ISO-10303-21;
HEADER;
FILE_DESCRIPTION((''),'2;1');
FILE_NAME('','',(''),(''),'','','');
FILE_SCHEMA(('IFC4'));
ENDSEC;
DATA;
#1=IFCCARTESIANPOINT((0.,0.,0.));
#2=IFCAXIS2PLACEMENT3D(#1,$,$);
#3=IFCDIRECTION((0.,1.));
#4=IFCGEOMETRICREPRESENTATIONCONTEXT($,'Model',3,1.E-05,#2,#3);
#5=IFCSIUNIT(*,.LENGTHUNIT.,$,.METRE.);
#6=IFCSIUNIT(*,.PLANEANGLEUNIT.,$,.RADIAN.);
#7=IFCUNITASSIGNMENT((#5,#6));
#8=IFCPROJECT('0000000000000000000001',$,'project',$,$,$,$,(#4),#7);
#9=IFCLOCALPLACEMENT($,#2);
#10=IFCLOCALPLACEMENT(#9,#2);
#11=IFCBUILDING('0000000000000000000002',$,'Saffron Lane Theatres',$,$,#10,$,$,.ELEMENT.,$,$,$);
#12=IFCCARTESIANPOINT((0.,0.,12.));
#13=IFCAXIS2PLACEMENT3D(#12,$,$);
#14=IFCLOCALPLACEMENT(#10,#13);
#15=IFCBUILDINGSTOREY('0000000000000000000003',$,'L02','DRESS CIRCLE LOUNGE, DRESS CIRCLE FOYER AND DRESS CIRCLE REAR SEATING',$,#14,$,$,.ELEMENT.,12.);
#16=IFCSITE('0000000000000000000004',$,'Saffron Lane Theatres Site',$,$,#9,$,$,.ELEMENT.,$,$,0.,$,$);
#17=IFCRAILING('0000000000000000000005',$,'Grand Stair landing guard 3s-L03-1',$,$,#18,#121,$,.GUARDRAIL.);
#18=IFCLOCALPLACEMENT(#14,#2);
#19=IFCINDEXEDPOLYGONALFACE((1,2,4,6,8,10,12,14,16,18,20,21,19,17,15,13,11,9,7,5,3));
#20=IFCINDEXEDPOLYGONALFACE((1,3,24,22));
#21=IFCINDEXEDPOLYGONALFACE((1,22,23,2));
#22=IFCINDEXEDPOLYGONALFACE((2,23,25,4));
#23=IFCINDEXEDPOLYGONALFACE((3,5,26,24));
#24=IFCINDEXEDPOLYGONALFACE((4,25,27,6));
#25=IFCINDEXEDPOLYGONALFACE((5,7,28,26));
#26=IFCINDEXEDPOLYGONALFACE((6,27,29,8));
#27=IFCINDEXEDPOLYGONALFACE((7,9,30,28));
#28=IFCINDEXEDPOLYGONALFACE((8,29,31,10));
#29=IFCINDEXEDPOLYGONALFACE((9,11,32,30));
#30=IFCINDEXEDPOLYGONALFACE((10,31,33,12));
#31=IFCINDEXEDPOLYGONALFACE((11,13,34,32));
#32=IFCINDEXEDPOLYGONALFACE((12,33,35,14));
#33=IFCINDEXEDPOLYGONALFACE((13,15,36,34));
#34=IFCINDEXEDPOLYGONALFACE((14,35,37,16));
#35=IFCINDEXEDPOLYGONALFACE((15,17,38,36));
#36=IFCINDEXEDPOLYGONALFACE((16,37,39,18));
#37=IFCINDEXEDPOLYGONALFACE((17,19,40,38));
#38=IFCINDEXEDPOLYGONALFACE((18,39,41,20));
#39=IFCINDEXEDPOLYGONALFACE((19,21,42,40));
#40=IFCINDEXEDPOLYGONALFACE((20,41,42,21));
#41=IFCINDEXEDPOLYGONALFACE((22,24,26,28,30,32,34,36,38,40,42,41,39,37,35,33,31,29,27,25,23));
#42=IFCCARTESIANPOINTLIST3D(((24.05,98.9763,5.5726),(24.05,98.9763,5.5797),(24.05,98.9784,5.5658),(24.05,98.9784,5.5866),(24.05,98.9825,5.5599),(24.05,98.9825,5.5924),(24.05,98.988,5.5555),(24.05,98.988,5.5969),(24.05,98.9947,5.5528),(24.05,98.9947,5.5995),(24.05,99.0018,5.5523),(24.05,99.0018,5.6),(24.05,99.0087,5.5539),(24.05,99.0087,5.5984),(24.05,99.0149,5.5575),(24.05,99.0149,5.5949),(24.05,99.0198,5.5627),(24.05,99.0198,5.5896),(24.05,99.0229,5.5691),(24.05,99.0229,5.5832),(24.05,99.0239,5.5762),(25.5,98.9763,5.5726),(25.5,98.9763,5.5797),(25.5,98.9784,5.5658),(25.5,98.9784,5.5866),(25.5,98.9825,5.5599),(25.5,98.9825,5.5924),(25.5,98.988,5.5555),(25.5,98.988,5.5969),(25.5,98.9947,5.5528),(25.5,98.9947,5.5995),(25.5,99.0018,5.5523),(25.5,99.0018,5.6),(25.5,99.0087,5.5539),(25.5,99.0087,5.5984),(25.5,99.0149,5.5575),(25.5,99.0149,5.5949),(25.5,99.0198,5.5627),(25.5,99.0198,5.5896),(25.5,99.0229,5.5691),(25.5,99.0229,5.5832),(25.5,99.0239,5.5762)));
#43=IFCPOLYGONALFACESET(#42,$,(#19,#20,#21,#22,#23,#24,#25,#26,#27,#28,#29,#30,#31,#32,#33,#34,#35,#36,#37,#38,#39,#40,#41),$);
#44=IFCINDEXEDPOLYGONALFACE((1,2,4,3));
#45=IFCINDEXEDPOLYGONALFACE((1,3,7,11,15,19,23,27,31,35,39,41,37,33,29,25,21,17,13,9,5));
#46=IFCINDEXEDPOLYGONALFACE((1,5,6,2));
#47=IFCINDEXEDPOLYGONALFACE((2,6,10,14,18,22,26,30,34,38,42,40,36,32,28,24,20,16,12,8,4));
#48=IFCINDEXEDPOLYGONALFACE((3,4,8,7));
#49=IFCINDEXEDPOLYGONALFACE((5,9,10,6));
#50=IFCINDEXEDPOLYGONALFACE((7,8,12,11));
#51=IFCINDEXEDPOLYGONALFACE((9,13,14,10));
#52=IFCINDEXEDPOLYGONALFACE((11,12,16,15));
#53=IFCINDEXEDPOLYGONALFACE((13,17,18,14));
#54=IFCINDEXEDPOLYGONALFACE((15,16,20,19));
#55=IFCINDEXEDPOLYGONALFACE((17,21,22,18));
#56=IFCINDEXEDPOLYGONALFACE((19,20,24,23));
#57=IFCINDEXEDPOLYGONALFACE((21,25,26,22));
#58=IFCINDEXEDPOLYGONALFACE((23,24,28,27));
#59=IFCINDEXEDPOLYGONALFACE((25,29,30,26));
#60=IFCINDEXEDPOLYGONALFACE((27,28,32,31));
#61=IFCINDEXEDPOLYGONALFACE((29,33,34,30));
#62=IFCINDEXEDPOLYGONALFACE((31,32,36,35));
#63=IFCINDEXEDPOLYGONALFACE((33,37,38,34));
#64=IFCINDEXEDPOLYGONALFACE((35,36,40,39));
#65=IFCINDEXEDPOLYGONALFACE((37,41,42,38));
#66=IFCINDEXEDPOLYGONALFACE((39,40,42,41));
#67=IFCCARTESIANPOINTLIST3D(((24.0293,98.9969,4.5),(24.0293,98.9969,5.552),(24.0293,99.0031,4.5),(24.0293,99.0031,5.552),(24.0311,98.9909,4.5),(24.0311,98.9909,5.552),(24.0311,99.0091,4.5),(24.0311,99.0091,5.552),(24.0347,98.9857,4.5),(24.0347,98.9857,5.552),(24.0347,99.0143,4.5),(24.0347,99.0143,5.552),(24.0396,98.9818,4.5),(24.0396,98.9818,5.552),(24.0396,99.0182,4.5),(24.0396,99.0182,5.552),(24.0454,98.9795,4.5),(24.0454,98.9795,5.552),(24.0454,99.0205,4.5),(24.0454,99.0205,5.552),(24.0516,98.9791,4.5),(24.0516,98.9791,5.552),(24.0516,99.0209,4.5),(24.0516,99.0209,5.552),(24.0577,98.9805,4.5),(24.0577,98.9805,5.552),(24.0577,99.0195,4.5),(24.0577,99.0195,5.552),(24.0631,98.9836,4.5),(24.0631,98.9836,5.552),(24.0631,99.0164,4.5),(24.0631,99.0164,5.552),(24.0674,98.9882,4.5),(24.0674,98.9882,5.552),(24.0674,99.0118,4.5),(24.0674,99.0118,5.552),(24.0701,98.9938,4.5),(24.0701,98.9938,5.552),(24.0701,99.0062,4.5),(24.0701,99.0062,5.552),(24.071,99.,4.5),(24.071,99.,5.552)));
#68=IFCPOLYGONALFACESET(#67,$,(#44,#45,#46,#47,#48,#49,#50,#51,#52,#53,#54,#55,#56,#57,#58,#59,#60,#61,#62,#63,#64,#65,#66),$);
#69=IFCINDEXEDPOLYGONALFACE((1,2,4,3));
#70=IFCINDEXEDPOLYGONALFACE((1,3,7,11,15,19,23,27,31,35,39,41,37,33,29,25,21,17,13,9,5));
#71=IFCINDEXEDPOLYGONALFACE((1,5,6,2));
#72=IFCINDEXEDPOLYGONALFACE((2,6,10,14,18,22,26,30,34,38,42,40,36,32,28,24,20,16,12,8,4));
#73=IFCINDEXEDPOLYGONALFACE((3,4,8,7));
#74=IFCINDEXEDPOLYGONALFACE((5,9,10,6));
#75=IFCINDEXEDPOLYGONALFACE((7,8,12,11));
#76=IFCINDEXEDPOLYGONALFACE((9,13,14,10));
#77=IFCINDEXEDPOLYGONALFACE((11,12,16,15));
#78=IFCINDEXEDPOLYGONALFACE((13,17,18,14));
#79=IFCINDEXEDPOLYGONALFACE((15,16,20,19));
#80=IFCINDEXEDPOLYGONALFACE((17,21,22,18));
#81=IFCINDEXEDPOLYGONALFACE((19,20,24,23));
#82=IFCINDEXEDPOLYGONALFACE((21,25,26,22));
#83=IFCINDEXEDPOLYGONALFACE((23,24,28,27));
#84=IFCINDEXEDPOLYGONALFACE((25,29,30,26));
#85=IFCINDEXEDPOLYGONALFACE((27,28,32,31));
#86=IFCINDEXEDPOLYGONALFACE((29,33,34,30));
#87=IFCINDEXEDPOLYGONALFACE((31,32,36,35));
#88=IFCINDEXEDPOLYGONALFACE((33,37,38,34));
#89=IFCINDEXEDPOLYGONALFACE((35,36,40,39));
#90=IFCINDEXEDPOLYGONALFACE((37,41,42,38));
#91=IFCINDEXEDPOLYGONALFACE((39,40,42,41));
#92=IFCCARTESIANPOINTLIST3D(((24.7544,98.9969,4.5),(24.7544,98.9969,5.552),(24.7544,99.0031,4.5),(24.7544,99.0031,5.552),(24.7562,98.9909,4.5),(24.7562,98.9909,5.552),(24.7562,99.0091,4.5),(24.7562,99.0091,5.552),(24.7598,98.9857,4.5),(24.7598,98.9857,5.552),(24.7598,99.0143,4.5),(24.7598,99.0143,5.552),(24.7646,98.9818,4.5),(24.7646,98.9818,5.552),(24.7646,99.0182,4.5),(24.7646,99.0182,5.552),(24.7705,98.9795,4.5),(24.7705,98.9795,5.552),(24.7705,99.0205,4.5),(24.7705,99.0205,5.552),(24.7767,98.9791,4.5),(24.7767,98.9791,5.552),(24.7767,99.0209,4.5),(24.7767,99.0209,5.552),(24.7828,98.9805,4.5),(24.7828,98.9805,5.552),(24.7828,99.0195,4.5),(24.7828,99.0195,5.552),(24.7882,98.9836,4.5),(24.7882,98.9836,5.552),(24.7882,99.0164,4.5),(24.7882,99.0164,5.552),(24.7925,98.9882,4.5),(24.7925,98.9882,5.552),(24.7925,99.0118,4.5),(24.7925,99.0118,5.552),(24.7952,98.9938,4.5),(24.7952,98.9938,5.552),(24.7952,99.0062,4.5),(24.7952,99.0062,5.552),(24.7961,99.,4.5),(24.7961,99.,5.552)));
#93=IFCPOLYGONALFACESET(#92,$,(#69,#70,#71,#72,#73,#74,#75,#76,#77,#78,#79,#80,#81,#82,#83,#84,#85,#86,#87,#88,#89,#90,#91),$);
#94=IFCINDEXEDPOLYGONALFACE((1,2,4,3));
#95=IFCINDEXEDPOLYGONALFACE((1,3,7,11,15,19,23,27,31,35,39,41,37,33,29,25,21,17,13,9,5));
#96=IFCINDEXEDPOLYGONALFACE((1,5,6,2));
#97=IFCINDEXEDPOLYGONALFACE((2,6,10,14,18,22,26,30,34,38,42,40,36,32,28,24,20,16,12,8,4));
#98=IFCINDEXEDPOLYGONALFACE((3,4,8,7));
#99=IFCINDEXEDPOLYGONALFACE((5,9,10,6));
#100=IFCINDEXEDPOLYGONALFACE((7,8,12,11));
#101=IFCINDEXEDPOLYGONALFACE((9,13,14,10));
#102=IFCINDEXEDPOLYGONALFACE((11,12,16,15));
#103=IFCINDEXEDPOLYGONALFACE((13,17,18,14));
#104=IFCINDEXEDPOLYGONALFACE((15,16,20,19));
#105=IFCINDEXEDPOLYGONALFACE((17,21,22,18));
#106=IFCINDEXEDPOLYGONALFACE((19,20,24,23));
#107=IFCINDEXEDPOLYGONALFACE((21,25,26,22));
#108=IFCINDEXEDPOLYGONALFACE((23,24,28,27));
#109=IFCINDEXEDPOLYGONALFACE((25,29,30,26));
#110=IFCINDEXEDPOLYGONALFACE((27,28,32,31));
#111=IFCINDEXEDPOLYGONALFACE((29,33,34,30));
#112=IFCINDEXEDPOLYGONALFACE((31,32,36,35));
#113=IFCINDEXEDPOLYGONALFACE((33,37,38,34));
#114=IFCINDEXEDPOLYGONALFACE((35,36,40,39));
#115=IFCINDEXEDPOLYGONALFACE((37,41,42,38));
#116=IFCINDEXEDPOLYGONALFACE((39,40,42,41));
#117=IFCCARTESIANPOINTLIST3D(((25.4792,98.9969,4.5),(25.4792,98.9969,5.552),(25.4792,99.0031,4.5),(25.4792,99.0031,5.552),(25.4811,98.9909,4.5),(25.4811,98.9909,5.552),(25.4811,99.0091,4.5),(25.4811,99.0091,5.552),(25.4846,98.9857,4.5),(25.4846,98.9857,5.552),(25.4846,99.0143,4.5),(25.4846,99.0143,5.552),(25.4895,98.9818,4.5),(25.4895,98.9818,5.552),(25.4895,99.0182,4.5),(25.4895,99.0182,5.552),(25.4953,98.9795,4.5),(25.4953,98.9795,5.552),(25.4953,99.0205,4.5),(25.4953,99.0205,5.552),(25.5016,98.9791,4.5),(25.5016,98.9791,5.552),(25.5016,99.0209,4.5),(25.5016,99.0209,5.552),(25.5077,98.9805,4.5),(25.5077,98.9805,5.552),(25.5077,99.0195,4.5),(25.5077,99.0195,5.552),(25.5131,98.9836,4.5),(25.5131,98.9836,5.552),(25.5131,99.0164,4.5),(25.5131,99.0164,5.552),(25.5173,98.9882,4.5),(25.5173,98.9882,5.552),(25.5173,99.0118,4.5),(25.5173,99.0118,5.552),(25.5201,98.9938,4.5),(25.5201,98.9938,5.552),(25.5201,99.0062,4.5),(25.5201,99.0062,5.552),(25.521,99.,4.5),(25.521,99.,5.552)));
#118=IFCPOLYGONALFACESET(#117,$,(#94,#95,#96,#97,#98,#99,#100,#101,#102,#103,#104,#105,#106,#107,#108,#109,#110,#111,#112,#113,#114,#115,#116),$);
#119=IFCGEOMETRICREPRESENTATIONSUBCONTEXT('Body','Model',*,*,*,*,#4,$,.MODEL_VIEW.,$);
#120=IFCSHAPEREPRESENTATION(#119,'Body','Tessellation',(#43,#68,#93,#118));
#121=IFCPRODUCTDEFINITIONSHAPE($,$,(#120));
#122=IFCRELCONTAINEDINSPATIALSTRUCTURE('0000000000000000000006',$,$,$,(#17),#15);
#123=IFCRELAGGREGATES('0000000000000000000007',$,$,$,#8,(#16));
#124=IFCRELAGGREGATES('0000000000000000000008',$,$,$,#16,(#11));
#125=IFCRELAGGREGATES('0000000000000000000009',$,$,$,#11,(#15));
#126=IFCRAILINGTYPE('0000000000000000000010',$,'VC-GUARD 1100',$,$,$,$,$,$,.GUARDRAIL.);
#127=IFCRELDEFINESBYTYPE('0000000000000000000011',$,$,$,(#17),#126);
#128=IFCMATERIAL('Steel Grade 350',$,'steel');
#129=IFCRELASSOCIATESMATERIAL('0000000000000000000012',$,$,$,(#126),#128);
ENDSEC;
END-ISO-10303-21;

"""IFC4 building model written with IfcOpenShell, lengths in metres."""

from ifc_helpers import new_model, si_unit, direction, frame, origin, origin_2d, place, context, subcontext, project, spatial, circle, extrude, material, type_object, element, save


model = new_model("IFC4")

# Units and contexts
model_context = context("Model", 3, precision=1e-05, world=origin(), true_north=direction((0.0, 1.0)))
body_context = subcontext(model_context, "Body", "Model", "MODEL_VIEW")
ifc_project = project(units=[si_unit("LENGTHUNIT", "METRE"), si_unit("PLANEANGLEUNIT", "RADIAN")], contexts=[model_context])

# Site, building, storey
site_placement = place(None, origin())
site = spatial("IfcSite", under=ifc_project, at=site_placement, Name="Saffron Lane Theatres Site", CompositionType="ELEMENT", RefElevation=0.0)
building_placement = place(site_placement, origin())
building = spatial("IfcBuilding", under=site, at=building_placement, Name="Saffron Lane Theatres", CompositionType="ELEMENT")
storey_placement = place(building_placement, frame((0.0, 0.0, 12.0)))
storey = spatial("IfcBuildingStorey", under=building, at=storey_placement, Name="L02", Description="DRESS CIRCLE LOUNGE, DRESS CIRCLE FOYER AND DRESS CIRCLE REAR SEATING", CompositionType="ELEMENT", Elevation=12.0)

# Railing
ifc_material_1 = material(Name="Steel Grade 350", Category="steel")
railing_type_1 = type_object("IfcRailingType", Name="VC-GUARD 1100", PredefinedType="GUARDRAIL", material=ifc_material_1)
railing_1_placement = place(storey_placement, frame((24.05, 99.0, 4.5)))
element("IfcRailing", 1, at=railing_1_placement, inside=storey, type_object=railing_type_1, Name="Grand Stair landing guard 3s-L03-1", PredefinedType="GUARDRAIL", context=body_context, shape_type="SweptSolid", body=[
    extrude(circle(Radius=0.0239, at=origin_2d()), frame((0.0, 0.0, 1.0762), z_axis=(1.0, 0.0, 0.0), x_axis=(0.0, 1.0, 0.0)), (0.0, 0.0, 1.0), 1.45),
    extrude(circle(Radius=0.021, at=origin_2d()), origin(), (0.0, 0.0, 1.0), 1.052),
    extrude(circle(Radius=0.021, at=origin_2d()), frame((0.7251, 0.0, 0.0)), (0.0, 0.0, 1.0), 1.052),
    extrude(circle(Radius=0.021, at=origin_2d()), frame((1.45, 0.0, 0.0)), (0.0, 0.0, 1.0), 1.052),
])

save(model, "model.ifc")
